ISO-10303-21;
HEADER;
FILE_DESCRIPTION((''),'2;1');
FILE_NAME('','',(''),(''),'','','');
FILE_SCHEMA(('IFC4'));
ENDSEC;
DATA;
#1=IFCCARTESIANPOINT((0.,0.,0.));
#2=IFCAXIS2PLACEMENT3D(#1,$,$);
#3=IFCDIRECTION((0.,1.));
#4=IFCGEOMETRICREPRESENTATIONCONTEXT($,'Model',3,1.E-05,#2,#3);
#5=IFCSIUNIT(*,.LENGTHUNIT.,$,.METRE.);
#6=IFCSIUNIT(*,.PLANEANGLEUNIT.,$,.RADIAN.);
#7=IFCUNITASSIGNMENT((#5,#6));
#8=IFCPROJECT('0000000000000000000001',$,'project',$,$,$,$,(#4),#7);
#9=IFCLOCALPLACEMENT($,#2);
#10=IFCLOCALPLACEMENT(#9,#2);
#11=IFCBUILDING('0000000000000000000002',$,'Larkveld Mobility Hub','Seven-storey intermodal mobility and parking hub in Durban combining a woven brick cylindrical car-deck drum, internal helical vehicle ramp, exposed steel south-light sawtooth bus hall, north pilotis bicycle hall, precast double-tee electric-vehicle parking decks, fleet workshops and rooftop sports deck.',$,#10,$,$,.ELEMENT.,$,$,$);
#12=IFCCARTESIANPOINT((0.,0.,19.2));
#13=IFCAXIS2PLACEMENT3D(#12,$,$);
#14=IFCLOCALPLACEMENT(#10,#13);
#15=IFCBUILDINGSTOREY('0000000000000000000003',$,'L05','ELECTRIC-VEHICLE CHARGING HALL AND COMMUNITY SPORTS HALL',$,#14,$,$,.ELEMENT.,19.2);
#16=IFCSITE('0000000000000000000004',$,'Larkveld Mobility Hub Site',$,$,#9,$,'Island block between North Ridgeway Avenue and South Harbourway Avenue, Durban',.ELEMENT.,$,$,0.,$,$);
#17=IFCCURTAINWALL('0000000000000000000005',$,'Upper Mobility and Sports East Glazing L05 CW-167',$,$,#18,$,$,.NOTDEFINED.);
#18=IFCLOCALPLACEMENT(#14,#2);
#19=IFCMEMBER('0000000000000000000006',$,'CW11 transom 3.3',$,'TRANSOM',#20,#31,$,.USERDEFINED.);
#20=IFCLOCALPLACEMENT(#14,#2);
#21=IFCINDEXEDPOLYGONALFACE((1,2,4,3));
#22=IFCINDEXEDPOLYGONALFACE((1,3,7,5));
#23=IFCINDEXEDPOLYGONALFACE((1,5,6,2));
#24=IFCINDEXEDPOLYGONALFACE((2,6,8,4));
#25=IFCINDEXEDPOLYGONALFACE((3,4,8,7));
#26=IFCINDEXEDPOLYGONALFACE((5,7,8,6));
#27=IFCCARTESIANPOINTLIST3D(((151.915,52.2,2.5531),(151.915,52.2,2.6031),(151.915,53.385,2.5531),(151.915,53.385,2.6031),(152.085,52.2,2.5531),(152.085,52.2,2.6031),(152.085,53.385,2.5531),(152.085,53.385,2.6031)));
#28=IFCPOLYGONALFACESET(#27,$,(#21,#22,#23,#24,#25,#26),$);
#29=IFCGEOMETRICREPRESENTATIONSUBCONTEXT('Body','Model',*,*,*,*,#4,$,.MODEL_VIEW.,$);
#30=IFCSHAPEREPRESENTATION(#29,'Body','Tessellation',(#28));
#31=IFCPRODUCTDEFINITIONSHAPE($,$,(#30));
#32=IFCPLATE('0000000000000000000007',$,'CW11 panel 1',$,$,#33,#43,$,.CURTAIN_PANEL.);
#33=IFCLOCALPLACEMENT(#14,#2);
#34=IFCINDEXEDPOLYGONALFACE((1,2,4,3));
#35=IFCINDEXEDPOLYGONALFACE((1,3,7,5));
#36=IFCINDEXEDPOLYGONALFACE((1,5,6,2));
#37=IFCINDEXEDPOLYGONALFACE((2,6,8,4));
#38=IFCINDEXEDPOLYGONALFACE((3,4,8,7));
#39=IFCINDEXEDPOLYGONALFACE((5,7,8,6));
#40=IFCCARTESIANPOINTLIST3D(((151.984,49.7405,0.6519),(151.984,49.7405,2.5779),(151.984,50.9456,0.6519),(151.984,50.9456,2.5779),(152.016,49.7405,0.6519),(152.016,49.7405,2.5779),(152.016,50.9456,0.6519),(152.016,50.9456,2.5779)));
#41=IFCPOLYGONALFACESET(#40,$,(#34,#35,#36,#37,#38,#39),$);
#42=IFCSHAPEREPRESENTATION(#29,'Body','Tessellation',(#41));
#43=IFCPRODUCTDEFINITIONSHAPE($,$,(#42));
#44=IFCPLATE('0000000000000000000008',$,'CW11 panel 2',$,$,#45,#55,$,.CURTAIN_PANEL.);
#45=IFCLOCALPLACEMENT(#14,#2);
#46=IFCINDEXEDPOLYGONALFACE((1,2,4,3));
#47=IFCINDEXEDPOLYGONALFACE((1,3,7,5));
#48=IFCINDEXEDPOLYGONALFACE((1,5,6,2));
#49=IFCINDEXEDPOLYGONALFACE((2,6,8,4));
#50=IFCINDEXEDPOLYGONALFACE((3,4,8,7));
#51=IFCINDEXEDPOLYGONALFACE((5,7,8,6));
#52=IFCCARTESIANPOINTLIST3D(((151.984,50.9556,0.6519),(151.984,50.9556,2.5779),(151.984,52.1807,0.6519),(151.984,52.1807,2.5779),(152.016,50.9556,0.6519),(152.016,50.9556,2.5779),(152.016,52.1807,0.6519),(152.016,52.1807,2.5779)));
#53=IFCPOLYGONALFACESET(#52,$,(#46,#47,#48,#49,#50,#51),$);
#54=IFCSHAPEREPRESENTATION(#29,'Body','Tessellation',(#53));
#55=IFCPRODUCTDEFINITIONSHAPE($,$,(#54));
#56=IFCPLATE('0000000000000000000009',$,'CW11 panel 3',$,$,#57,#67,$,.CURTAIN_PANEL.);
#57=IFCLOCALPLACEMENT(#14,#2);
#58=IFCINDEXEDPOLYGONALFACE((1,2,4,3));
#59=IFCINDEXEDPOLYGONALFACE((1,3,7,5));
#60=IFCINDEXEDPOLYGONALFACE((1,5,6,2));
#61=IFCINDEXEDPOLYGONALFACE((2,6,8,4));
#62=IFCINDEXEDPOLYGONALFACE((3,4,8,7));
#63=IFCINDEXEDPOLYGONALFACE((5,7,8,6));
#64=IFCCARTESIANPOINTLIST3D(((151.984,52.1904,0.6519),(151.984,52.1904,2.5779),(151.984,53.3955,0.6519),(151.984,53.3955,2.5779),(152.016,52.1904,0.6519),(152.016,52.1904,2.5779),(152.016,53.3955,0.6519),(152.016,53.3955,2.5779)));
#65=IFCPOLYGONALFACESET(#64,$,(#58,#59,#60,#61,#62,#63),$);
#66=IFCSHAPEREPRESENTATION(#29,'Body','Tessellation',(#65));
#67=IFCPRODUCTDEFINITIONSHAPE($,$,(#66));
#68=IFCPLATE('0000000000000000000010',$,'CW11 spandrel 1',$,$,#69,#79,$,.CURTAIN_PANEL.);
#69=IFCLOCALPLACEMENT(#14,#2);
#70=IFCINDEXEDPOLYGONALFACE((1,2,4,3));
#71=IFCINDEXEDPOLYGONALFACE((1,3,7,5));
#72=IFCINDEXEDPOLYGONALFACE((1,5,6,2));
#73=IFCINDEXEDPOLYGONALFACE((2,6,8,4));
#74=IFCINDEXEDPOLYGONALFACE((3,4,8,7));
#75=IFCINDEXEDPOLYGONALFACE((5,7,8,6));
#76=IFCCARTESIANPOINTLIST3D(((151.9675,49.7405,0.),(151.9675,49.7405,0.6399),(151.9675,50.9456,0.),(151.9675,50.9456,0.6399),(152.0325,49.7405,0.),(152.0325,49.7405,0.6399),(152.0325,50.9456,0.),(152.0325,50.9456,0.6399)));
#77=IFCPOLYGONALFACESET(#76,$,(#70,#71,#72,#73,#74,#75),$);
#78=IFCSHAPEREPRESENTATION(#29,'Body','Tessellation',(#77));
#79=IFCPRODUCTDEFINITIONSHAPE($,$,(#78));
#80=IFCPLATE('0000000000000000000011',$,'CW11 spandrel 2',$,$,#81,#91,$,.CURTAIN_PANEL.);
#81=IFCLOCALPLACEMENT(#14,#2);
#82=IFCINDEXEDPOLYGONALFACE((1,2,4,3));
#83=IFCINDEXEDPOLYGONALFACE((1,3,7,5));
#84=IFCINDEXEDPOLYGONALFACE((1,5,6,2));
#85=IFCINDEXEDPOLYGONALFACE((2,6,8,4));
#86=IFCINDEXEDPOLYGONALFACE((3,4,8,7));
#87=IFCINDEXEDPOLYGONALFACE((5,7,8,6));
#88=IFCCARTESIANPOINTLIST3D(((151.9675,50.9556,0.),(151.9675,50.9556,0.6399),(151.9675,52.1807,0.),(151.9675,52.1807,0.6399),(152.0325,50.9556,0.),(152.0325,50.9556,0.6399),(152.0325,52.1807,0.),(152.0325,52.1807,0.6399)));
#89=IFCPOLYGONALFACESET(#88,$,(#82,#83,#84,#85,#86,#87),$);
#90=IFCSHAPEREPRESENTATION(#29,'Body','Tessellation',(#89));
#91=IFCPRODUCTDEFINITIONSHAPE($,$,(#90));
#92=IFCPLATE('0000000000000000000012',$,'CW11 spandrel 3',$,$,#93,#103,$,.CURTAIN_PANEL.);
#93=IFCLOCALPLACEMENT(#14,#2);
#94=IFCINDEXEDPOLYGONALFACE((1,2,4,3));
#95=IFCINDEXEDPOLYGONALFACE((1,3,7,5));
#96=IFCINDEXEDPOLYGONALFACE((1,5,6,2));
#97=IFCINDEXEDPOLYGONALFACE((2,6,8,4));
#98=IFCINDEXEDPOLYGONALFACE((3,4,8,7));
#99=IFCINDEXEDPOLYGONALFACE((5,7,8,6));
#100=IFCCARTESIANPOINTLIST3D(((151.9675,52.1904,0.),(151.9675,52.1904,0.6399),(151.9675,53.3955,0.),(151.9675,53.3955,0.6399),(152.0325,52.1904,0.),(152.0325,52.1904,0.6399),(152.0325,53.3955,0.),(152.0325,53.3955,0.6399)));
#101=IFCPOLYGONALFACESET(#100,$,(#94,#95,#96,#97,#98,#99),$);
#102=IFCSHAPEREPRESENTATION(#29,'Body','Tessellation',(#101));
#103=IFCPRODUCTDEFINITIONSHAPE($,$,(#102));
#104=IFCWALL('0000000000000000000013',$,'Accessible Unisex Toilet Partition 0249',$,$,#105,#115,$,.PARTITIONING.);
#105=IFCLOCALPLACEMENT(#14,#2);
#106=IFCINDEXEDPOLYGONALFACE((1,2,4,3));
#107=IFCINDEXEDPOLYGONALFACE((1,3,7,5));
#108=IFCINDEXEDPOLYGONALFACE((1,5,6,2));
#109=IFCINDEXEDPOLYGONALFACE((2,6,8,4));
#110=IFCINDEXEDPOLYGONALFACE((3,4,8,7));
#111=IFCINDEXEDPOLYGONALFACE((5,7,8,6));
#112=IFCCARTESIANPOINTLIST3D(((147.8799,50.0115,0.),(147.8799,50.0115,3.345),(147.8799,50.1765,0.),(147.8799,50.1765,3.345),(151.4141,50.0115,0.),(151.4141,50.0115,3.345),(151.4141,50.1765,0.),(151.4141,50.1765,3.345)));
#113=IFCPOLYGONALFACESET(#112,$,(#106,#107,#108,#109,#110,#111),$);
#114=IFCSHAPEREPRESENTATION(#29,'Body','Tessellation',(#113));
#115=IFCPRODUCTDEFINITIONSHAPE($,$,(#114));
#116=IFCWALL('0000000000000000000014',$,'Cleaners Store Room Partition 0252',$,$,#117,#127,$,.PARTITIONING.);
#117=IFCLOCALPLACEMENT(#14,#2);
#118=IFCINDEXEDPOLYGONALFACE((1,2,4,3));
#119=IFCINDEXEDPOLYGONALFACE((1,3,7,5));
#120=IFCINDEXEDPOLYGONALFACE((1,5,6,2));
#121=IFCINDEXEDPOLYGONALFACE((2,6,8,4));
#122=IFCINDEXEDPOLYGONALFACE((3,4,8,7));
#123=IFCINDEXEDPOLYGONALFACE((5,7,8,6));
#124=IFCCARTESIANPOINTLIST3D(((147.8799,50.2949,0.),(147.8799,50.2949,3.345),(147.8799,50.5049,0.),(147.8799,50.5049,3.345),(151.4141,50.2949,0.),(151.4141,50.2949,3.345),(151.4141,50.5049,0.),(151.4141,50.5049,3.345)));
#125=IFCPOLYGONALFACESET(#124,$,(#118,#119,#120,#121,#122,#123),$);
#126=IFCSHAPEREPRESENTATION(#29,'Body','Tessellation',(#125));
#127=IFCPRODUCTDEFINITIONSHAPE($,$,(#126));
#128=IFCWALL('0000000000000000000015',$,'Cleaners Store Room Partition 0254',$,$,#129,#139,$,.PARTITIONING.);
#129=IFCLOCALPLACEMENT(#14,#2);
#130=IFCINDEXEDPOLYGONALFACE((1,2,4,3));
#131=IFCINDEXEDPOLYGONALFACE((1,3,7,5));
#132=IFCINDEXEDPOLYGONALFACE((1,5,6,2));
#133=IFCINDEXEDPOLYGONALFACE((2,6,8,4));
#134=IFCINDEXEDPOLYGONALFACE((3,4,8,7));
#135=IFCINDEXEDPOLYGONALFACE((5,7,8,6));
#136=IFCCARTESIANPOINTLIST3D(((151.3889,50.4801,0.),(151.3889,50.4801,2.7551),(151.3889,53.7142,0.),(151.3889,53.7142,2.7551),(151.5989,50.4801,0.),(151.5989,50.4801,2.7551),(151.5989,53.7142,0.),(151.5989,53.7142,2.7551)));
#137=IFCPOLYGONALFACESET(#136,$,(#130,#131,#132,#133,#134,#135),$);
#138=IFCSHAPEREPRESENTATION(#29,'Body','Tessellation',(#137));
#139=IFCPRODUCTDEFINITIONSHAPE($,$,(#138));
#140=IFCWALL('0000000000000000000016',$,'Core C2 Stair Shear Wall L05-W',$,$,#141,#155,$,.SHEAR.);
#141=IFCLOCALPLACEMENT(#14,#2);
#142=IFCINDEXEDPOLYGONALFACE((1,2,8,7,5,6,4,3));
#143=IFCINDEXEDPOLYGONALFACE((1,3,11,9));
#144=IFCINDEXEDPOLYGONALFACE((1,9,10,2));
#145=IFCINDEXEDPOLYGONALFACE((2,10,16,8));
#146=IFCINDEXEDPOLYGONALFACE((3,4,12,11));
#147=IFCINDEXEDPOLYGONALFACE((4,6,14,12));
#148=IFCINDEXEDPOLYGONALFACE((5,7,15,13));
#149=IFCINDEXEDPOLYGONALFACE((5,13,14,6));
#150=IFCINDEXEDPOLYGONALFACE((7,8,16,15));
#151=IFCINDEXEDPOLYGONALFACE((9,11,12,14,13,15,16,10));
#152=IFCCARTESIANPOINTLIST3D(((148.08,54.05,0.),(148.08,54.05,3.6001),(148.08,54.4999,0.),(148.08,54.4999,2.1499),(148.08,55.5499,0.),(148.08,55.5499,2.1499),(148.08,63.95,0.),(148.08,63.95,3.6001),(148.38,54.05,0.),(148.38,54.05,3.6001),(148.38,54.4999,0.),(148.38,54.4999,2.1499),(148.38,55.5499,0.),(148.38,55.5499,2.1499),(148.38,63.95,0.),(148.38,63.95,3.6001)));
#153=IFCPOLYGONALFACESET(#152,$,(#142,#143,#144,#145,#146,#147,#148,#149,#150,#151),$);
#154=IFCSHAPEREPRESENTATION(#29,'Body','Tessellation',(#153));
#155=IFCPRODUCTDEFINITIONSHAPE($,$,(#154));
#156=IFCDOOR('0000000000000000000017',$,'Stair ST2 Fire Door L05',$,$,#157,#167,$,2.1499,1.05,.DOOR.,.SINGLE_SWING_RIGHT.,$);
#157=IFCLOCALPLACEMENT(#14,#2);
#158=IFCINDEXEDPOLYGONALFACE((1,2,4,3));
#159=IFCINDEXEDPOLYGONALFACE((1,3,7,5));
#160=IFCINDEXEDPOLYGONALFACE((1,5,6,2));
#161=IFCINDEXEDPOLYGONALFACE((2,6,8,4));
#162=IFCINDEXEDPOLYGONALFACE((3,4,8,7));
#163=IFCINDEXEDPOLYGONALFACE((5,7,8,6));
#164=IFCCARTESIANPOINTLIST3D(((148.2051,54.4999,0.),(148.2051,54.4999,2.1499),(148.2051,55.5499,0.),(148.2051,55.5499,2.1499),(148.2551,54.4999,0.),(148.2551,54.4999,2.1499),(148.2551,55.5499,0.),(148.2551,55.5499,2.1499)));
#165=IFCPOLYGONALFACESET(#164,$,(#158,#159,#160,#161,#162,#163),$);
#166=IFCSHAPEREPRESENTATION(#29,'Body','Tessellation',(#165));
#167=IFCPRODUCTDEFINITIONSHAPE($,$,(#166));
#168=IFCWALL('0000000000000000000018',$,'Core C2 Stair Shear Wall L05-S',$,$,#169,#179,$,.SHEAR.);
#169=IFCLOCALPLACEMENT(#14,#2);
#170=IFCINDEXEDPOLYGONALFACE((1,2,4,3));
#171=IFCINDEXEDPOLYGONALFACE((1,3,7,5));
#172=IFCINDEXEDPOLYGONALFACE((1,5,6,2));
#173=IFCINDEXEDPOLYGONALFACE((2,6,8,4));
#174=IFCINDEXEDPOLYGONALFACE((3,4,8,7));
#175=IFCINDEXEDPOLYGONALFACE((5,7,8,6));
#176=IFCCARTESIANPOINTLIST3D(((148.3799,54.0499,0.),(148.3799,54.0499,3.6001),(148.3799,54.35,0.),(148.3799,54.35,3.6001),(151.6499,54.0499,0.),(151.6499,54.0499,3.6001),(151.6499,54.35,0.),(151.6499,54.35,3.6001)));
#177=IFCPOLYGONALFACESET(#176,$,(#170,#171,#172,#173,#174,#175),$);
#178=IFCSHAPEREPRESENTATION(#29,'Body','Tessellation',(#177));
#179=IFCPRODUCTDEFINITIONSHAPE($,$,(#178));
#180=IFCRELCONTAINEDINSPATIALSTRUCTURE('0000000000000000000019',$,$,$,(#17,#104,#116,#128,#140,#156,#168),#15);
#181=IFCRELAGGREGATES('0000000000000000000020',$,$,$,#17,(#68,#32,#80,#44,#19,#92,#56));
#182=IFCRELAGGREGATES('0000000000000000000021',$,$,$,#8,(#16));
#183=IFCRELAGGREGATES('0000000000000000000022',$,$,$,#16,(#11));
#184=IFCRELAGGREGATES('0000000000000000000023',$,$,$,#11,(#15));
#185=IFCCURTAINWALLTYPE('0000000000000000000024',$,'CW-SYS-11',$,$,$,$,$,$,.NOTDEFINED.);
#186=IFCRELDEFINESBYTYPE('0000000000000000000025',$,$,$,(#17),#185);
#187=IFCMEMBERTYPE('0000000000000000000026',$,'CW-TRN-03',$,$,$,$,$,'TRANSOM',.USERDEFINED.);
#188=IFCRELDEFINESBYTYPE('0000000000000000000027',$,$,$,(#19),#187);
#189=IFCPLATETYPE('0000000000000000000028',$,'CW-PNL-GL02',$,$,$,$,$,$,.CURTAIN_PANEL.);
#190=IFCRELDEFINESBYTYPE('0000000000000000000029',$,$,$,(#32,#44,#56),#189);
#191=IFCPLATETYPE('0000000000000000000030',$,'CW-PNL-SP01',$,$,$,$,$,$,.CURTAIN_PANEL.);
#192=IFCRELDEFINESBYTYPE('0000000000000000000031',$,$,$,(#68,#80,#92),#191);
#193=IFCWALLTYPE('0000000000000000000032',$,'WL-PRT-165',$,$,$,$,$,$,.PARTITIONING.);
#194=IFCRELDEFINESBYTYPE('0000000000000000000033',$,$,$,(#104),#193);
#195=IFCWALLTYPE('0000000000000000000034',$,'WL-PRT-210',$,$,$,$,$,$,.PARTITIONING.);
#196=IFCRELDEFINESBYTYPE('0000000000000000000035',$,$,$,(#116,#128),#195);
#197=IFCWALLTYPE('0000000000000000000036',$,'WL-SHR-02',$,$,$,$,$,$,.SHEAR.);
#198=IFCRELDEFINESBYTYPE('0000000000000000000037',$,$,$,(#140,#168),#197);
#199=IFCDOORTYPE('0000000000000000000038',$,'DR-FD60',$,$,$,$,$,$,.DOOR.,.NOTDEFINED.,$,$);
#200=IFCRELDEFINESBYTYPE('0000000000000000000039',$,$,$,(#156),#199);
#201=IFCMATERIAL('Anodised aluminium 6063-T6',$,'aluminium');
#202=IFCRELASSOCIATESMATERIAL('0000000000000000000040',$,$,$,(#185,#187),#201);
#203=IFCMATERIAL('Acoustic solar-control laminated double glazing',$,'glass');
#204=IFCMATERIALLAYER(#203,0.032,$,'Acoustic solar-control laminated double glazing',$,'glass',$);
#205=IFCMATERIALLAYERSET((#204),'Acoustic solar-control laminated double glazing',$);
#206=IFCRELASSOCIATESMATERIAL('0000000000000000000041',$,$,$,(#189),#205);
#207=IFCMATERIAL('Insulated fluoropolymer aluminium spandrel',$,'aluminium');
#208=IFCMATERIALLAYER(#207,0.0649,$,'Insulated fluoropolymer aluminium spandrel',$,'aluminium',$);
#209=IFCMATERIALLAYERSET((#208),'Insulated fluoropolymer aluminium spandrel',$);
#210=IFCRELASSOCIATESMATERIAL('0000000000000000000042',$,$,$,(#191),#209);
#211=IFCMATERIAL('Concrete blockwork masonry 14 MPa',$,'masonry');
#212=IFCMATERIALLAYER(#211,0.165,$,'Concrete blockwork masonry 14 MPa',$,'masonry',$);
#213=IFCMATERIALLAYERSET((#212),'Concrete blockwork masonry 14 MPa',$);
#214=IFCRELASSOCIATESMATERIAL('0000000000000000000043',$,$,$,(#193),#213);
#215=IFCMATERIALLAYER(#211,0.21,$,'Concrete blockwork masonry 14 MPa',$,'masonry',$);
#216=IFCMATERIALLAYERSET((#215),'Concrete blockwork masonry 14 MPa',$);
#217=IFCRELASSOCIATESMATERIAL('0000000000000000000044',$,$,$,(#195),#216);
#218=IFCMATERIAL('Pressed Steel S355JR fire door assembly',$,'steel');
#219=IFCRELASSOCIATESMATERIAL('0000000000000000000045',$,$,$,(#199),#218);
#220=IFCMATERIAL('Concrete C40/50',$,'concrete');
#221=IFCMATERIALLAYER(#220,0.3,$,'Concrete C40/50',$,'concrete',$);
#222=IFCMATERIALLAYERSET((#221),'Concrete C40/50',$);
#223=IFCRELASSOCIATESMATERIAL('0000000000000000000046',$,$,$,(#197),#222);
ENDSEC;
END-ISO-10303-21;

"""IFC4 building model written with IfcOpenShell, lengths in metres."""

from ifc_helpers import new_model, si_unit, direction, frame, frame_2d, origin, origin_2d, place, context, subcontext, project, spatial, rectangle, extrude, material, layer, layer_set, material_profile, profile_set, type_object, element, fill, aggregate, save


model = new_model("IFC4")

# Units and contexts
model_context = context("Model", 3, precision=1e-05, world=origin(), true_north=direction((0.0, 1.0)))
body_context = subcontext(model_context, "Body", "Model", "MODEL_VIEW")
ifc_project = project(units=[si_unit("LENGTHUNIT", "METRE"), si_unit("PLANEANGLEUNIT", "RADIAN")], contexts=[model_context])

# Site, building, storey
site_placement = place(None, origin())
site = spatial("IfcSite", under=ifc_project, at=site_placement, Name="Larkveld Mobility Hub Site", LongName="Island block between North Ridgeway Avenue and South Harbourway Avenue, Durban", CompositionType="ELEMENT", RefElevation=0.0)
building_placement = place(site_placement, origin())
building = spatial("IfcBuilding", under=site, at=building_placement, Name="Larkveld Mobility Hub", Description="Seven-storey intermodal mobility and parking hub in Durban combining a woven brick cylindrical car-deck drum, internal helical vehicle ramp, exposed steel south-light sawtooth bus hall, north pilotis bicycle hall, precast double-tee electric-vehicle parking decks, fleet workshops and rooftop sports deck.", CompositionType="ELEMENT")
storey_placement = place(building_placement, frame((0.0, 0.0, 19.2)))
storey = spatial("IfcBuildingStorey", under=building, at=storey_placement, Name="L05", Description="ELECTRIC-VEHICLE CHARGING HALL AND COMMUNITY SPORTS HALL", CompositionType="ELEMENT", Elevation=19.2)

# Shared definitions
ifc_material_1 = material(Name="Concrete C40/50", Category="concrete")

# Curtain wall, member, plates
ifc_material_2 = material(Name="Anodised aluminium 6063-T6", Category="aluminium")
curtain_wall_type = type_object("IfcCurtainWallType", Name="CW-SYS-11", PredefinedType="NOTDEFINED", material=ifc_material_2)
curtain_wall_placement = place(storey_placement, origin())
curtain_wall = element("IfcCurtainWall", 1, at=curtain_wall_placement, inside=storey, type_object=curtain_wall_type, Name="Upper Mobility and Sports East Glazing L05 CW-167", PredefinedType="NOTDEFINED")
ifc_material_profile_1 = material_profile(ifc_material_2, rectangle(XDim=0.1699, YDim=0.05, at=origin_2d()), Name="ALU TRAN 50x170")
ifc_profile_set_1 = profile_set([ifc_material_profile_1], Name="Anodised aluminium 6063-T6")
member_type_1 = type_object("IfcMemberType", Name="CW-TRN-03", ElementType="TRANSOM", PredefinedType="USERDEFINED", material=ifc_profile_set_1)
member_1_placement = place(storey_placement, frame((152.0, 52.2, 2.5781), z_axis=(0.0, 1.0, 0.0), x_axis=(-1.0, 0.0, 0.0)))
member_1 = element("IfcMember", 2, at=member_1_placement, type_object=member_type_1, Name="CW11 transom 3.3", ObjectType="TRANSOM", PredefinedType="USERDEFINED", context=body_context, shape_type="SweptSolid", body=[
    extrude(rectangle(XDim=0.1699, YDim=0.05, at=origin_2d()), origin(), (0.0, 0.0, 1.0), 1.1851),
])
ifc_material_3 = material(Name="Acoustic solar-control laminated double glazing", Category="glass")
ifc_layer_1 = layer(ifc_material_3, 0.032, Name="Acoustic solar-control laminated double glazing", Category="glass")
ifc_layer_set_1 = layer_set([ifc_layer_1], Name="Acoustic solar-control laminated double glazing")
plate_type_1 = type_object("IfcPlateType", Name="CW-PNL-GL02", PredefinedType="CURTAIN_PANEL", material=ifc_layer_set_1)
plate_1_placement = place(storey_placement, frame((152.0, 50.343, 0.6519), z_axis=(0.0, 0.0, 1.0), x_axis=(0.0, 1.0, 0.0)))
plate_1 = element("IfcPlate", 3, at=plate_1_placement, type_object=plate_type_1, Name="CW11 panel 1", PredefinedType="CURTAIN_PANEL", context=body_context, shape_type="SweptSolid", body=[
    extrude(rectangle(XDim=1.2051, YDim=0.032, at=origin_2d()), origin(), (0.0, 0.0, 1.0), 1.926),
])
plate_2_placement = place(storey_placement, frame((152.0, 51.5681, 0.6519), z_axis=(0.0, 0.0, 1.0), x_axis=(0.0, 1.0, 0.0)))
plate_2 = element("IfcPlate", 4, at=plate_2_placement, type_object=plate_type_1, Name="CW11 panel 2", PredefinedType="CURTAIN_PANEL", context=body_context, shape_type="SweptSolid", body=[
    extrude(rectangle(XDim=1.2251, YDim=0.032, at=origin_2d()), origin(), (0.0, 0.0, 1.0), 1.926),
])
plate_3_placement = place(storey_placement, frame((152.0, 52.793, 0.6519), z_axis=(0.0, 0.0, 1.0), x_axis=(0.0, 1.0, 0.0)))
plate_3 = element("IfcPlate", 5, at=plate_3_placement, type_object=plate_type_1, Name="CW11 panel 3", PredefinedType="CURTAIN_PANEL", context=body_context, shape_type="SweptSolid", body=[
    extrude(rectangle(XDim=1.2051, YDim=0.032, at=origin_2d()), origin(), (0.0, 0.0, 1.0), 1.926),
])
ifc_material_4 = material(Name="Insulated fluoropolymer aluminium spandrel", Category="aluminium")
ifc_layer_2 = layer(ifc_material_4, 0.0649, Name="Insulated fluoropolymer aluminium spandrel", Category="aluminium")
ifc_layer_set_2 = layer_set([ifc_layer_2], Name="Insulated fluoropolymer aluminium spandrel")
plate_type_2 = type_object("IfcPlateType", Name="CW-PNL-SP01", PredefinedType="CURTAIN_PANEL", material=ifc_layer_set_2)
plate_4_placement = place(storey_placement, frame((152.0, 50.343, 0.0), z_axis=(0.0, 0.0, 1.0), x_axis=(0.0, 1.0, 0.0)))
plate_4 = element("IfcPlate", 6, at=plate_4_placement, type_object=plate_type_2, Name="CW11 spandrel 1", PredefinedType="CURTAIN_PANEL", context=body_context, shape_type="SweptSolid", body=[
    extrude(rectangle(XDim=1.2051, YDim=0.0649, at=origin_2d()), origin(), (0.0, 0.0, 1.0), 0.6399),
])
plate_5_placement = place(storey_placement, frame((152.0, 51.5681, 0.0), z_axis=(0.0, 0.0, 1.0), x_axis=(0.0, 1.0, 0.0)))
plate_5 = element("IfcPlate", 7, at=plate_5_placement, type_object=plate_type_2, Name="CW11 spandrel 2", PredefinedType="CURTAIN_PANEL", context=body_context, shape_type="SweptSolid", body=[
    extrude(rectangle(XDim=1.2251, YDim=0.0649, at=origin_2d()), origin(), (0.0, 0.0, 1.0), 0.6399),
])
plate_6_placement = place(storey_placement, frame((152.0, 52.793, 0.0), z_axis=(0.0, 0.0, 1.0), x_axis=(0.0, 1.0, 0.0)))
plate_6 = element("IfcPlate", 8, at=plate_6_placement, type_object=plate_type_2, Name="CW11 spandrel 3", PredefinedType="CURTAIN_PANEL", context=body_context, shape_type="SweptSolid", body=[
    extrude(rectangle(XDim=1.2051, YDim=0.0649, at=origin_2d()), origin(), (0.0, 0.0, 1.0), 0.6399),
])
aggregate(curtain_wall, [plate_4, plate_1, plate_5, plate_2, member_1, plate_6, plate_3])

# Walls
ifc_material_5 = material(Name="Concrete blockwork masonry 14 MPa", Category="masonry")
ifc_layer_3 = layer(ifc_material_5, 0.165, Name="Concrete blockwork masonry 14 MPa", Category="masonry")
ifc_layer_set_3 = layer_set([ifc_layer_3], Name="Concrete blockwork masonry 14 MPa")
wall_type_1 = type_object("IfcWallType", Name="WL-PRT-165", PredefinedType="PARTITIONING", material=ifc_layer_set_3)
wall_1_placement = place(storey_placement, frame((147.8799, 50.094, 0.0), z_axis=(0.0, 0.0, 1.0), x_axis=(1.0, 0.0, 0.0)))
element("IfcWall", 9, at=wall_1_placement, inside=storey, type_object=wall_type_1, Name="Accessible Unisex Toilet Partition 0249", PredefinedType="PARTITIONING", context=body_context, shape_type="SweptSolid", body=[
    extrude(rectangle(XDim=3.5342, YDim=0.165, at=frame_2d((1.7671, 0.0))), origin(), (0.0, 0.0, 1.0), 3.345),
])
ifc_layer_4 = layer(ifc_material_5, 0.21, Name="Concrete blockwork masonry 14 MPa", Category="masonry")
ifc_layer_set_4 = layer_set([ifc_layer_4], Name="Concrete blockwork masonry 14 MPa")
wall_type_2 = type_object("IfcWallType", Name="WL-PRT-210", PredefinedType="PARTITIONING", material=ifc_layer_set_4)
wall_2_placement = place(storey_placement, frame((147.8799, 50.3999, 0.0), z_axis=(0.0, 0.0, 1.0), x_axis=(1.0, 0.0, 0.0)))
element("IfcWall", 10, at=wall_2_placement, inside=storey, type_object=wall_type_2, Name="Cleaners Store Room Partition 0252", PredefinedType="PARTITIONING", context=body_context, shape_type="SweptSolid", body=[
    extrude(rectangle(XDim=3.5342, YDim=0.21, at=frame_2d((1.7671, 0.0))), origin(), (0.0, 0.0, 1.0), 3.345),
])

# Shared definitions
ifc_material_6 = material(Name="Pressed Steel S355JR fire door assembly", Category="steel")
door_type = type_object("IfcDoorType", Name="DR-FD60", OperationType="NOTDEFINED", PredefinedType="DOOR", material=ifc_material_6)

# Wall
wall_3_placement = place(storey_placement, frame((151.4939, 50.48, 0.0), z_axis=(0.0, 0.0, 1.0), x_axis=(0.0, 1.0, 0.0)))
element("IfcWall", 11, at=wall_3_placement, inside=storey, type_object=wall_type_2, Name="Cleaners Store Room Partition 0254", PredefinedType="PARTITIONING", context=body_context, shape_type="SweptSolid", body=[
    extrude(rectangle(XDim=3.2341, YDim=0.21, at=frame_2d((1.6172, 0.0))), origin(), (0.0, 0.0, 1.0), 2.7551),
])

# Wall, opening, door
ifc_layer_5 = layer(ifc_material_1, 0.3, Name="Concrete C40/50", Category="concrete")
ifc_layer_set_5 = layer_set([ifc_layer_5], Name="Concrete C40/50")
wall_type_3 = type_object("IfcWallType", Name="WL-SHR-02", PredefinedType="SHEAR", material=ifc_layer_set_5)
wall_4_placement = place(storey_placement, frame((148.23, 54.05, 0.0), z_axis=(0.0, 0.0, 1.0), x_axis=(0.0, 1.0, 0.0)))
wall_4 = element("IfcWall", 12, at=wall_4_placement, inside=storey, type_object=wall_type_3, Name="Core C2 Stair Shear Wall L05-W", PredefinedType="SHEAR", context=body_context, shape_type="SweptSolid", body=[
    extrude(rectangle(XDim=9.8999, YDim=0.3, at=frame_2d((4.95, 0.0))), origin(), (0.0, 0.0, 1.0), 3.6001),
])
opening_1_placement = place(wall_4_placement, frame((0.45, 0.0, 0.0)))
opening_1 = element("IfcOpeningElement", 13, at=opening_1_placement, cuts=wall_4, PredefinedType="OPENING", context=body_context, shape_type="SweptSolid", body=[
    extrude(rectangle(XDim=1.05, YDim=2.1499, at=frame_2d((0.5249, 1.075))), frame((0.0, 0.1602, 0.0), z_axis=(0.0, -1.0, 0.0), x_axis=(1.0, 0.0, 0.0)), (0.0, 0.0, 1.0), 0.3201),
])
door_1_placement = place(opening_1_placement, origin())
door_1 = element("IfcDoor", 14, at=door_1_placement, inside=storey, type_object=door_type, Name="Stair ST2 Fire Door L05", OperationType="SINGLE_SWING_RIGHT", OverallHeight=2.1499, OverallWidth=1.05, PredefinedType="DOOR", context=body_context, shape_type="SweptSolid", body=[
    extrude(rectangle(XDim=1.05, YDim=2.1499, at=frame_2d((0.5249, 1.075))), frame((0.0, 0.0249, 0.0), z_axis=(0.0, -1.0, 0.0), x_axis=(1.0, 0.0, 0.0)), (0.0, 0.0, 1.0), 0.05),
])
fill(opening_1, door_1)

# Wall
wall_5_placement = place(storey_placement, frame((151.6499, 54.2, 0.0), z_axis=(0.0, 0.0, 1.0), x_axis=(-1.0, 0.0, 0.0)))
element("IfcWall", 15, at=wall_5_placement, inside=storey, type_object=wall_type_3, Name="Core C2 Stair Shear Wall L05-S", PredefinedType="SHEAR", context=body_context, shape_type="SweptSolid", body=[
    extrude(rectangle(XDim=3.27, YDim=0.3, at=frame_2d((1.635, 0.0))), origin(), (0.0, 0.0, 1.0), 3.6001),
])

save(model, "model.ifc")
